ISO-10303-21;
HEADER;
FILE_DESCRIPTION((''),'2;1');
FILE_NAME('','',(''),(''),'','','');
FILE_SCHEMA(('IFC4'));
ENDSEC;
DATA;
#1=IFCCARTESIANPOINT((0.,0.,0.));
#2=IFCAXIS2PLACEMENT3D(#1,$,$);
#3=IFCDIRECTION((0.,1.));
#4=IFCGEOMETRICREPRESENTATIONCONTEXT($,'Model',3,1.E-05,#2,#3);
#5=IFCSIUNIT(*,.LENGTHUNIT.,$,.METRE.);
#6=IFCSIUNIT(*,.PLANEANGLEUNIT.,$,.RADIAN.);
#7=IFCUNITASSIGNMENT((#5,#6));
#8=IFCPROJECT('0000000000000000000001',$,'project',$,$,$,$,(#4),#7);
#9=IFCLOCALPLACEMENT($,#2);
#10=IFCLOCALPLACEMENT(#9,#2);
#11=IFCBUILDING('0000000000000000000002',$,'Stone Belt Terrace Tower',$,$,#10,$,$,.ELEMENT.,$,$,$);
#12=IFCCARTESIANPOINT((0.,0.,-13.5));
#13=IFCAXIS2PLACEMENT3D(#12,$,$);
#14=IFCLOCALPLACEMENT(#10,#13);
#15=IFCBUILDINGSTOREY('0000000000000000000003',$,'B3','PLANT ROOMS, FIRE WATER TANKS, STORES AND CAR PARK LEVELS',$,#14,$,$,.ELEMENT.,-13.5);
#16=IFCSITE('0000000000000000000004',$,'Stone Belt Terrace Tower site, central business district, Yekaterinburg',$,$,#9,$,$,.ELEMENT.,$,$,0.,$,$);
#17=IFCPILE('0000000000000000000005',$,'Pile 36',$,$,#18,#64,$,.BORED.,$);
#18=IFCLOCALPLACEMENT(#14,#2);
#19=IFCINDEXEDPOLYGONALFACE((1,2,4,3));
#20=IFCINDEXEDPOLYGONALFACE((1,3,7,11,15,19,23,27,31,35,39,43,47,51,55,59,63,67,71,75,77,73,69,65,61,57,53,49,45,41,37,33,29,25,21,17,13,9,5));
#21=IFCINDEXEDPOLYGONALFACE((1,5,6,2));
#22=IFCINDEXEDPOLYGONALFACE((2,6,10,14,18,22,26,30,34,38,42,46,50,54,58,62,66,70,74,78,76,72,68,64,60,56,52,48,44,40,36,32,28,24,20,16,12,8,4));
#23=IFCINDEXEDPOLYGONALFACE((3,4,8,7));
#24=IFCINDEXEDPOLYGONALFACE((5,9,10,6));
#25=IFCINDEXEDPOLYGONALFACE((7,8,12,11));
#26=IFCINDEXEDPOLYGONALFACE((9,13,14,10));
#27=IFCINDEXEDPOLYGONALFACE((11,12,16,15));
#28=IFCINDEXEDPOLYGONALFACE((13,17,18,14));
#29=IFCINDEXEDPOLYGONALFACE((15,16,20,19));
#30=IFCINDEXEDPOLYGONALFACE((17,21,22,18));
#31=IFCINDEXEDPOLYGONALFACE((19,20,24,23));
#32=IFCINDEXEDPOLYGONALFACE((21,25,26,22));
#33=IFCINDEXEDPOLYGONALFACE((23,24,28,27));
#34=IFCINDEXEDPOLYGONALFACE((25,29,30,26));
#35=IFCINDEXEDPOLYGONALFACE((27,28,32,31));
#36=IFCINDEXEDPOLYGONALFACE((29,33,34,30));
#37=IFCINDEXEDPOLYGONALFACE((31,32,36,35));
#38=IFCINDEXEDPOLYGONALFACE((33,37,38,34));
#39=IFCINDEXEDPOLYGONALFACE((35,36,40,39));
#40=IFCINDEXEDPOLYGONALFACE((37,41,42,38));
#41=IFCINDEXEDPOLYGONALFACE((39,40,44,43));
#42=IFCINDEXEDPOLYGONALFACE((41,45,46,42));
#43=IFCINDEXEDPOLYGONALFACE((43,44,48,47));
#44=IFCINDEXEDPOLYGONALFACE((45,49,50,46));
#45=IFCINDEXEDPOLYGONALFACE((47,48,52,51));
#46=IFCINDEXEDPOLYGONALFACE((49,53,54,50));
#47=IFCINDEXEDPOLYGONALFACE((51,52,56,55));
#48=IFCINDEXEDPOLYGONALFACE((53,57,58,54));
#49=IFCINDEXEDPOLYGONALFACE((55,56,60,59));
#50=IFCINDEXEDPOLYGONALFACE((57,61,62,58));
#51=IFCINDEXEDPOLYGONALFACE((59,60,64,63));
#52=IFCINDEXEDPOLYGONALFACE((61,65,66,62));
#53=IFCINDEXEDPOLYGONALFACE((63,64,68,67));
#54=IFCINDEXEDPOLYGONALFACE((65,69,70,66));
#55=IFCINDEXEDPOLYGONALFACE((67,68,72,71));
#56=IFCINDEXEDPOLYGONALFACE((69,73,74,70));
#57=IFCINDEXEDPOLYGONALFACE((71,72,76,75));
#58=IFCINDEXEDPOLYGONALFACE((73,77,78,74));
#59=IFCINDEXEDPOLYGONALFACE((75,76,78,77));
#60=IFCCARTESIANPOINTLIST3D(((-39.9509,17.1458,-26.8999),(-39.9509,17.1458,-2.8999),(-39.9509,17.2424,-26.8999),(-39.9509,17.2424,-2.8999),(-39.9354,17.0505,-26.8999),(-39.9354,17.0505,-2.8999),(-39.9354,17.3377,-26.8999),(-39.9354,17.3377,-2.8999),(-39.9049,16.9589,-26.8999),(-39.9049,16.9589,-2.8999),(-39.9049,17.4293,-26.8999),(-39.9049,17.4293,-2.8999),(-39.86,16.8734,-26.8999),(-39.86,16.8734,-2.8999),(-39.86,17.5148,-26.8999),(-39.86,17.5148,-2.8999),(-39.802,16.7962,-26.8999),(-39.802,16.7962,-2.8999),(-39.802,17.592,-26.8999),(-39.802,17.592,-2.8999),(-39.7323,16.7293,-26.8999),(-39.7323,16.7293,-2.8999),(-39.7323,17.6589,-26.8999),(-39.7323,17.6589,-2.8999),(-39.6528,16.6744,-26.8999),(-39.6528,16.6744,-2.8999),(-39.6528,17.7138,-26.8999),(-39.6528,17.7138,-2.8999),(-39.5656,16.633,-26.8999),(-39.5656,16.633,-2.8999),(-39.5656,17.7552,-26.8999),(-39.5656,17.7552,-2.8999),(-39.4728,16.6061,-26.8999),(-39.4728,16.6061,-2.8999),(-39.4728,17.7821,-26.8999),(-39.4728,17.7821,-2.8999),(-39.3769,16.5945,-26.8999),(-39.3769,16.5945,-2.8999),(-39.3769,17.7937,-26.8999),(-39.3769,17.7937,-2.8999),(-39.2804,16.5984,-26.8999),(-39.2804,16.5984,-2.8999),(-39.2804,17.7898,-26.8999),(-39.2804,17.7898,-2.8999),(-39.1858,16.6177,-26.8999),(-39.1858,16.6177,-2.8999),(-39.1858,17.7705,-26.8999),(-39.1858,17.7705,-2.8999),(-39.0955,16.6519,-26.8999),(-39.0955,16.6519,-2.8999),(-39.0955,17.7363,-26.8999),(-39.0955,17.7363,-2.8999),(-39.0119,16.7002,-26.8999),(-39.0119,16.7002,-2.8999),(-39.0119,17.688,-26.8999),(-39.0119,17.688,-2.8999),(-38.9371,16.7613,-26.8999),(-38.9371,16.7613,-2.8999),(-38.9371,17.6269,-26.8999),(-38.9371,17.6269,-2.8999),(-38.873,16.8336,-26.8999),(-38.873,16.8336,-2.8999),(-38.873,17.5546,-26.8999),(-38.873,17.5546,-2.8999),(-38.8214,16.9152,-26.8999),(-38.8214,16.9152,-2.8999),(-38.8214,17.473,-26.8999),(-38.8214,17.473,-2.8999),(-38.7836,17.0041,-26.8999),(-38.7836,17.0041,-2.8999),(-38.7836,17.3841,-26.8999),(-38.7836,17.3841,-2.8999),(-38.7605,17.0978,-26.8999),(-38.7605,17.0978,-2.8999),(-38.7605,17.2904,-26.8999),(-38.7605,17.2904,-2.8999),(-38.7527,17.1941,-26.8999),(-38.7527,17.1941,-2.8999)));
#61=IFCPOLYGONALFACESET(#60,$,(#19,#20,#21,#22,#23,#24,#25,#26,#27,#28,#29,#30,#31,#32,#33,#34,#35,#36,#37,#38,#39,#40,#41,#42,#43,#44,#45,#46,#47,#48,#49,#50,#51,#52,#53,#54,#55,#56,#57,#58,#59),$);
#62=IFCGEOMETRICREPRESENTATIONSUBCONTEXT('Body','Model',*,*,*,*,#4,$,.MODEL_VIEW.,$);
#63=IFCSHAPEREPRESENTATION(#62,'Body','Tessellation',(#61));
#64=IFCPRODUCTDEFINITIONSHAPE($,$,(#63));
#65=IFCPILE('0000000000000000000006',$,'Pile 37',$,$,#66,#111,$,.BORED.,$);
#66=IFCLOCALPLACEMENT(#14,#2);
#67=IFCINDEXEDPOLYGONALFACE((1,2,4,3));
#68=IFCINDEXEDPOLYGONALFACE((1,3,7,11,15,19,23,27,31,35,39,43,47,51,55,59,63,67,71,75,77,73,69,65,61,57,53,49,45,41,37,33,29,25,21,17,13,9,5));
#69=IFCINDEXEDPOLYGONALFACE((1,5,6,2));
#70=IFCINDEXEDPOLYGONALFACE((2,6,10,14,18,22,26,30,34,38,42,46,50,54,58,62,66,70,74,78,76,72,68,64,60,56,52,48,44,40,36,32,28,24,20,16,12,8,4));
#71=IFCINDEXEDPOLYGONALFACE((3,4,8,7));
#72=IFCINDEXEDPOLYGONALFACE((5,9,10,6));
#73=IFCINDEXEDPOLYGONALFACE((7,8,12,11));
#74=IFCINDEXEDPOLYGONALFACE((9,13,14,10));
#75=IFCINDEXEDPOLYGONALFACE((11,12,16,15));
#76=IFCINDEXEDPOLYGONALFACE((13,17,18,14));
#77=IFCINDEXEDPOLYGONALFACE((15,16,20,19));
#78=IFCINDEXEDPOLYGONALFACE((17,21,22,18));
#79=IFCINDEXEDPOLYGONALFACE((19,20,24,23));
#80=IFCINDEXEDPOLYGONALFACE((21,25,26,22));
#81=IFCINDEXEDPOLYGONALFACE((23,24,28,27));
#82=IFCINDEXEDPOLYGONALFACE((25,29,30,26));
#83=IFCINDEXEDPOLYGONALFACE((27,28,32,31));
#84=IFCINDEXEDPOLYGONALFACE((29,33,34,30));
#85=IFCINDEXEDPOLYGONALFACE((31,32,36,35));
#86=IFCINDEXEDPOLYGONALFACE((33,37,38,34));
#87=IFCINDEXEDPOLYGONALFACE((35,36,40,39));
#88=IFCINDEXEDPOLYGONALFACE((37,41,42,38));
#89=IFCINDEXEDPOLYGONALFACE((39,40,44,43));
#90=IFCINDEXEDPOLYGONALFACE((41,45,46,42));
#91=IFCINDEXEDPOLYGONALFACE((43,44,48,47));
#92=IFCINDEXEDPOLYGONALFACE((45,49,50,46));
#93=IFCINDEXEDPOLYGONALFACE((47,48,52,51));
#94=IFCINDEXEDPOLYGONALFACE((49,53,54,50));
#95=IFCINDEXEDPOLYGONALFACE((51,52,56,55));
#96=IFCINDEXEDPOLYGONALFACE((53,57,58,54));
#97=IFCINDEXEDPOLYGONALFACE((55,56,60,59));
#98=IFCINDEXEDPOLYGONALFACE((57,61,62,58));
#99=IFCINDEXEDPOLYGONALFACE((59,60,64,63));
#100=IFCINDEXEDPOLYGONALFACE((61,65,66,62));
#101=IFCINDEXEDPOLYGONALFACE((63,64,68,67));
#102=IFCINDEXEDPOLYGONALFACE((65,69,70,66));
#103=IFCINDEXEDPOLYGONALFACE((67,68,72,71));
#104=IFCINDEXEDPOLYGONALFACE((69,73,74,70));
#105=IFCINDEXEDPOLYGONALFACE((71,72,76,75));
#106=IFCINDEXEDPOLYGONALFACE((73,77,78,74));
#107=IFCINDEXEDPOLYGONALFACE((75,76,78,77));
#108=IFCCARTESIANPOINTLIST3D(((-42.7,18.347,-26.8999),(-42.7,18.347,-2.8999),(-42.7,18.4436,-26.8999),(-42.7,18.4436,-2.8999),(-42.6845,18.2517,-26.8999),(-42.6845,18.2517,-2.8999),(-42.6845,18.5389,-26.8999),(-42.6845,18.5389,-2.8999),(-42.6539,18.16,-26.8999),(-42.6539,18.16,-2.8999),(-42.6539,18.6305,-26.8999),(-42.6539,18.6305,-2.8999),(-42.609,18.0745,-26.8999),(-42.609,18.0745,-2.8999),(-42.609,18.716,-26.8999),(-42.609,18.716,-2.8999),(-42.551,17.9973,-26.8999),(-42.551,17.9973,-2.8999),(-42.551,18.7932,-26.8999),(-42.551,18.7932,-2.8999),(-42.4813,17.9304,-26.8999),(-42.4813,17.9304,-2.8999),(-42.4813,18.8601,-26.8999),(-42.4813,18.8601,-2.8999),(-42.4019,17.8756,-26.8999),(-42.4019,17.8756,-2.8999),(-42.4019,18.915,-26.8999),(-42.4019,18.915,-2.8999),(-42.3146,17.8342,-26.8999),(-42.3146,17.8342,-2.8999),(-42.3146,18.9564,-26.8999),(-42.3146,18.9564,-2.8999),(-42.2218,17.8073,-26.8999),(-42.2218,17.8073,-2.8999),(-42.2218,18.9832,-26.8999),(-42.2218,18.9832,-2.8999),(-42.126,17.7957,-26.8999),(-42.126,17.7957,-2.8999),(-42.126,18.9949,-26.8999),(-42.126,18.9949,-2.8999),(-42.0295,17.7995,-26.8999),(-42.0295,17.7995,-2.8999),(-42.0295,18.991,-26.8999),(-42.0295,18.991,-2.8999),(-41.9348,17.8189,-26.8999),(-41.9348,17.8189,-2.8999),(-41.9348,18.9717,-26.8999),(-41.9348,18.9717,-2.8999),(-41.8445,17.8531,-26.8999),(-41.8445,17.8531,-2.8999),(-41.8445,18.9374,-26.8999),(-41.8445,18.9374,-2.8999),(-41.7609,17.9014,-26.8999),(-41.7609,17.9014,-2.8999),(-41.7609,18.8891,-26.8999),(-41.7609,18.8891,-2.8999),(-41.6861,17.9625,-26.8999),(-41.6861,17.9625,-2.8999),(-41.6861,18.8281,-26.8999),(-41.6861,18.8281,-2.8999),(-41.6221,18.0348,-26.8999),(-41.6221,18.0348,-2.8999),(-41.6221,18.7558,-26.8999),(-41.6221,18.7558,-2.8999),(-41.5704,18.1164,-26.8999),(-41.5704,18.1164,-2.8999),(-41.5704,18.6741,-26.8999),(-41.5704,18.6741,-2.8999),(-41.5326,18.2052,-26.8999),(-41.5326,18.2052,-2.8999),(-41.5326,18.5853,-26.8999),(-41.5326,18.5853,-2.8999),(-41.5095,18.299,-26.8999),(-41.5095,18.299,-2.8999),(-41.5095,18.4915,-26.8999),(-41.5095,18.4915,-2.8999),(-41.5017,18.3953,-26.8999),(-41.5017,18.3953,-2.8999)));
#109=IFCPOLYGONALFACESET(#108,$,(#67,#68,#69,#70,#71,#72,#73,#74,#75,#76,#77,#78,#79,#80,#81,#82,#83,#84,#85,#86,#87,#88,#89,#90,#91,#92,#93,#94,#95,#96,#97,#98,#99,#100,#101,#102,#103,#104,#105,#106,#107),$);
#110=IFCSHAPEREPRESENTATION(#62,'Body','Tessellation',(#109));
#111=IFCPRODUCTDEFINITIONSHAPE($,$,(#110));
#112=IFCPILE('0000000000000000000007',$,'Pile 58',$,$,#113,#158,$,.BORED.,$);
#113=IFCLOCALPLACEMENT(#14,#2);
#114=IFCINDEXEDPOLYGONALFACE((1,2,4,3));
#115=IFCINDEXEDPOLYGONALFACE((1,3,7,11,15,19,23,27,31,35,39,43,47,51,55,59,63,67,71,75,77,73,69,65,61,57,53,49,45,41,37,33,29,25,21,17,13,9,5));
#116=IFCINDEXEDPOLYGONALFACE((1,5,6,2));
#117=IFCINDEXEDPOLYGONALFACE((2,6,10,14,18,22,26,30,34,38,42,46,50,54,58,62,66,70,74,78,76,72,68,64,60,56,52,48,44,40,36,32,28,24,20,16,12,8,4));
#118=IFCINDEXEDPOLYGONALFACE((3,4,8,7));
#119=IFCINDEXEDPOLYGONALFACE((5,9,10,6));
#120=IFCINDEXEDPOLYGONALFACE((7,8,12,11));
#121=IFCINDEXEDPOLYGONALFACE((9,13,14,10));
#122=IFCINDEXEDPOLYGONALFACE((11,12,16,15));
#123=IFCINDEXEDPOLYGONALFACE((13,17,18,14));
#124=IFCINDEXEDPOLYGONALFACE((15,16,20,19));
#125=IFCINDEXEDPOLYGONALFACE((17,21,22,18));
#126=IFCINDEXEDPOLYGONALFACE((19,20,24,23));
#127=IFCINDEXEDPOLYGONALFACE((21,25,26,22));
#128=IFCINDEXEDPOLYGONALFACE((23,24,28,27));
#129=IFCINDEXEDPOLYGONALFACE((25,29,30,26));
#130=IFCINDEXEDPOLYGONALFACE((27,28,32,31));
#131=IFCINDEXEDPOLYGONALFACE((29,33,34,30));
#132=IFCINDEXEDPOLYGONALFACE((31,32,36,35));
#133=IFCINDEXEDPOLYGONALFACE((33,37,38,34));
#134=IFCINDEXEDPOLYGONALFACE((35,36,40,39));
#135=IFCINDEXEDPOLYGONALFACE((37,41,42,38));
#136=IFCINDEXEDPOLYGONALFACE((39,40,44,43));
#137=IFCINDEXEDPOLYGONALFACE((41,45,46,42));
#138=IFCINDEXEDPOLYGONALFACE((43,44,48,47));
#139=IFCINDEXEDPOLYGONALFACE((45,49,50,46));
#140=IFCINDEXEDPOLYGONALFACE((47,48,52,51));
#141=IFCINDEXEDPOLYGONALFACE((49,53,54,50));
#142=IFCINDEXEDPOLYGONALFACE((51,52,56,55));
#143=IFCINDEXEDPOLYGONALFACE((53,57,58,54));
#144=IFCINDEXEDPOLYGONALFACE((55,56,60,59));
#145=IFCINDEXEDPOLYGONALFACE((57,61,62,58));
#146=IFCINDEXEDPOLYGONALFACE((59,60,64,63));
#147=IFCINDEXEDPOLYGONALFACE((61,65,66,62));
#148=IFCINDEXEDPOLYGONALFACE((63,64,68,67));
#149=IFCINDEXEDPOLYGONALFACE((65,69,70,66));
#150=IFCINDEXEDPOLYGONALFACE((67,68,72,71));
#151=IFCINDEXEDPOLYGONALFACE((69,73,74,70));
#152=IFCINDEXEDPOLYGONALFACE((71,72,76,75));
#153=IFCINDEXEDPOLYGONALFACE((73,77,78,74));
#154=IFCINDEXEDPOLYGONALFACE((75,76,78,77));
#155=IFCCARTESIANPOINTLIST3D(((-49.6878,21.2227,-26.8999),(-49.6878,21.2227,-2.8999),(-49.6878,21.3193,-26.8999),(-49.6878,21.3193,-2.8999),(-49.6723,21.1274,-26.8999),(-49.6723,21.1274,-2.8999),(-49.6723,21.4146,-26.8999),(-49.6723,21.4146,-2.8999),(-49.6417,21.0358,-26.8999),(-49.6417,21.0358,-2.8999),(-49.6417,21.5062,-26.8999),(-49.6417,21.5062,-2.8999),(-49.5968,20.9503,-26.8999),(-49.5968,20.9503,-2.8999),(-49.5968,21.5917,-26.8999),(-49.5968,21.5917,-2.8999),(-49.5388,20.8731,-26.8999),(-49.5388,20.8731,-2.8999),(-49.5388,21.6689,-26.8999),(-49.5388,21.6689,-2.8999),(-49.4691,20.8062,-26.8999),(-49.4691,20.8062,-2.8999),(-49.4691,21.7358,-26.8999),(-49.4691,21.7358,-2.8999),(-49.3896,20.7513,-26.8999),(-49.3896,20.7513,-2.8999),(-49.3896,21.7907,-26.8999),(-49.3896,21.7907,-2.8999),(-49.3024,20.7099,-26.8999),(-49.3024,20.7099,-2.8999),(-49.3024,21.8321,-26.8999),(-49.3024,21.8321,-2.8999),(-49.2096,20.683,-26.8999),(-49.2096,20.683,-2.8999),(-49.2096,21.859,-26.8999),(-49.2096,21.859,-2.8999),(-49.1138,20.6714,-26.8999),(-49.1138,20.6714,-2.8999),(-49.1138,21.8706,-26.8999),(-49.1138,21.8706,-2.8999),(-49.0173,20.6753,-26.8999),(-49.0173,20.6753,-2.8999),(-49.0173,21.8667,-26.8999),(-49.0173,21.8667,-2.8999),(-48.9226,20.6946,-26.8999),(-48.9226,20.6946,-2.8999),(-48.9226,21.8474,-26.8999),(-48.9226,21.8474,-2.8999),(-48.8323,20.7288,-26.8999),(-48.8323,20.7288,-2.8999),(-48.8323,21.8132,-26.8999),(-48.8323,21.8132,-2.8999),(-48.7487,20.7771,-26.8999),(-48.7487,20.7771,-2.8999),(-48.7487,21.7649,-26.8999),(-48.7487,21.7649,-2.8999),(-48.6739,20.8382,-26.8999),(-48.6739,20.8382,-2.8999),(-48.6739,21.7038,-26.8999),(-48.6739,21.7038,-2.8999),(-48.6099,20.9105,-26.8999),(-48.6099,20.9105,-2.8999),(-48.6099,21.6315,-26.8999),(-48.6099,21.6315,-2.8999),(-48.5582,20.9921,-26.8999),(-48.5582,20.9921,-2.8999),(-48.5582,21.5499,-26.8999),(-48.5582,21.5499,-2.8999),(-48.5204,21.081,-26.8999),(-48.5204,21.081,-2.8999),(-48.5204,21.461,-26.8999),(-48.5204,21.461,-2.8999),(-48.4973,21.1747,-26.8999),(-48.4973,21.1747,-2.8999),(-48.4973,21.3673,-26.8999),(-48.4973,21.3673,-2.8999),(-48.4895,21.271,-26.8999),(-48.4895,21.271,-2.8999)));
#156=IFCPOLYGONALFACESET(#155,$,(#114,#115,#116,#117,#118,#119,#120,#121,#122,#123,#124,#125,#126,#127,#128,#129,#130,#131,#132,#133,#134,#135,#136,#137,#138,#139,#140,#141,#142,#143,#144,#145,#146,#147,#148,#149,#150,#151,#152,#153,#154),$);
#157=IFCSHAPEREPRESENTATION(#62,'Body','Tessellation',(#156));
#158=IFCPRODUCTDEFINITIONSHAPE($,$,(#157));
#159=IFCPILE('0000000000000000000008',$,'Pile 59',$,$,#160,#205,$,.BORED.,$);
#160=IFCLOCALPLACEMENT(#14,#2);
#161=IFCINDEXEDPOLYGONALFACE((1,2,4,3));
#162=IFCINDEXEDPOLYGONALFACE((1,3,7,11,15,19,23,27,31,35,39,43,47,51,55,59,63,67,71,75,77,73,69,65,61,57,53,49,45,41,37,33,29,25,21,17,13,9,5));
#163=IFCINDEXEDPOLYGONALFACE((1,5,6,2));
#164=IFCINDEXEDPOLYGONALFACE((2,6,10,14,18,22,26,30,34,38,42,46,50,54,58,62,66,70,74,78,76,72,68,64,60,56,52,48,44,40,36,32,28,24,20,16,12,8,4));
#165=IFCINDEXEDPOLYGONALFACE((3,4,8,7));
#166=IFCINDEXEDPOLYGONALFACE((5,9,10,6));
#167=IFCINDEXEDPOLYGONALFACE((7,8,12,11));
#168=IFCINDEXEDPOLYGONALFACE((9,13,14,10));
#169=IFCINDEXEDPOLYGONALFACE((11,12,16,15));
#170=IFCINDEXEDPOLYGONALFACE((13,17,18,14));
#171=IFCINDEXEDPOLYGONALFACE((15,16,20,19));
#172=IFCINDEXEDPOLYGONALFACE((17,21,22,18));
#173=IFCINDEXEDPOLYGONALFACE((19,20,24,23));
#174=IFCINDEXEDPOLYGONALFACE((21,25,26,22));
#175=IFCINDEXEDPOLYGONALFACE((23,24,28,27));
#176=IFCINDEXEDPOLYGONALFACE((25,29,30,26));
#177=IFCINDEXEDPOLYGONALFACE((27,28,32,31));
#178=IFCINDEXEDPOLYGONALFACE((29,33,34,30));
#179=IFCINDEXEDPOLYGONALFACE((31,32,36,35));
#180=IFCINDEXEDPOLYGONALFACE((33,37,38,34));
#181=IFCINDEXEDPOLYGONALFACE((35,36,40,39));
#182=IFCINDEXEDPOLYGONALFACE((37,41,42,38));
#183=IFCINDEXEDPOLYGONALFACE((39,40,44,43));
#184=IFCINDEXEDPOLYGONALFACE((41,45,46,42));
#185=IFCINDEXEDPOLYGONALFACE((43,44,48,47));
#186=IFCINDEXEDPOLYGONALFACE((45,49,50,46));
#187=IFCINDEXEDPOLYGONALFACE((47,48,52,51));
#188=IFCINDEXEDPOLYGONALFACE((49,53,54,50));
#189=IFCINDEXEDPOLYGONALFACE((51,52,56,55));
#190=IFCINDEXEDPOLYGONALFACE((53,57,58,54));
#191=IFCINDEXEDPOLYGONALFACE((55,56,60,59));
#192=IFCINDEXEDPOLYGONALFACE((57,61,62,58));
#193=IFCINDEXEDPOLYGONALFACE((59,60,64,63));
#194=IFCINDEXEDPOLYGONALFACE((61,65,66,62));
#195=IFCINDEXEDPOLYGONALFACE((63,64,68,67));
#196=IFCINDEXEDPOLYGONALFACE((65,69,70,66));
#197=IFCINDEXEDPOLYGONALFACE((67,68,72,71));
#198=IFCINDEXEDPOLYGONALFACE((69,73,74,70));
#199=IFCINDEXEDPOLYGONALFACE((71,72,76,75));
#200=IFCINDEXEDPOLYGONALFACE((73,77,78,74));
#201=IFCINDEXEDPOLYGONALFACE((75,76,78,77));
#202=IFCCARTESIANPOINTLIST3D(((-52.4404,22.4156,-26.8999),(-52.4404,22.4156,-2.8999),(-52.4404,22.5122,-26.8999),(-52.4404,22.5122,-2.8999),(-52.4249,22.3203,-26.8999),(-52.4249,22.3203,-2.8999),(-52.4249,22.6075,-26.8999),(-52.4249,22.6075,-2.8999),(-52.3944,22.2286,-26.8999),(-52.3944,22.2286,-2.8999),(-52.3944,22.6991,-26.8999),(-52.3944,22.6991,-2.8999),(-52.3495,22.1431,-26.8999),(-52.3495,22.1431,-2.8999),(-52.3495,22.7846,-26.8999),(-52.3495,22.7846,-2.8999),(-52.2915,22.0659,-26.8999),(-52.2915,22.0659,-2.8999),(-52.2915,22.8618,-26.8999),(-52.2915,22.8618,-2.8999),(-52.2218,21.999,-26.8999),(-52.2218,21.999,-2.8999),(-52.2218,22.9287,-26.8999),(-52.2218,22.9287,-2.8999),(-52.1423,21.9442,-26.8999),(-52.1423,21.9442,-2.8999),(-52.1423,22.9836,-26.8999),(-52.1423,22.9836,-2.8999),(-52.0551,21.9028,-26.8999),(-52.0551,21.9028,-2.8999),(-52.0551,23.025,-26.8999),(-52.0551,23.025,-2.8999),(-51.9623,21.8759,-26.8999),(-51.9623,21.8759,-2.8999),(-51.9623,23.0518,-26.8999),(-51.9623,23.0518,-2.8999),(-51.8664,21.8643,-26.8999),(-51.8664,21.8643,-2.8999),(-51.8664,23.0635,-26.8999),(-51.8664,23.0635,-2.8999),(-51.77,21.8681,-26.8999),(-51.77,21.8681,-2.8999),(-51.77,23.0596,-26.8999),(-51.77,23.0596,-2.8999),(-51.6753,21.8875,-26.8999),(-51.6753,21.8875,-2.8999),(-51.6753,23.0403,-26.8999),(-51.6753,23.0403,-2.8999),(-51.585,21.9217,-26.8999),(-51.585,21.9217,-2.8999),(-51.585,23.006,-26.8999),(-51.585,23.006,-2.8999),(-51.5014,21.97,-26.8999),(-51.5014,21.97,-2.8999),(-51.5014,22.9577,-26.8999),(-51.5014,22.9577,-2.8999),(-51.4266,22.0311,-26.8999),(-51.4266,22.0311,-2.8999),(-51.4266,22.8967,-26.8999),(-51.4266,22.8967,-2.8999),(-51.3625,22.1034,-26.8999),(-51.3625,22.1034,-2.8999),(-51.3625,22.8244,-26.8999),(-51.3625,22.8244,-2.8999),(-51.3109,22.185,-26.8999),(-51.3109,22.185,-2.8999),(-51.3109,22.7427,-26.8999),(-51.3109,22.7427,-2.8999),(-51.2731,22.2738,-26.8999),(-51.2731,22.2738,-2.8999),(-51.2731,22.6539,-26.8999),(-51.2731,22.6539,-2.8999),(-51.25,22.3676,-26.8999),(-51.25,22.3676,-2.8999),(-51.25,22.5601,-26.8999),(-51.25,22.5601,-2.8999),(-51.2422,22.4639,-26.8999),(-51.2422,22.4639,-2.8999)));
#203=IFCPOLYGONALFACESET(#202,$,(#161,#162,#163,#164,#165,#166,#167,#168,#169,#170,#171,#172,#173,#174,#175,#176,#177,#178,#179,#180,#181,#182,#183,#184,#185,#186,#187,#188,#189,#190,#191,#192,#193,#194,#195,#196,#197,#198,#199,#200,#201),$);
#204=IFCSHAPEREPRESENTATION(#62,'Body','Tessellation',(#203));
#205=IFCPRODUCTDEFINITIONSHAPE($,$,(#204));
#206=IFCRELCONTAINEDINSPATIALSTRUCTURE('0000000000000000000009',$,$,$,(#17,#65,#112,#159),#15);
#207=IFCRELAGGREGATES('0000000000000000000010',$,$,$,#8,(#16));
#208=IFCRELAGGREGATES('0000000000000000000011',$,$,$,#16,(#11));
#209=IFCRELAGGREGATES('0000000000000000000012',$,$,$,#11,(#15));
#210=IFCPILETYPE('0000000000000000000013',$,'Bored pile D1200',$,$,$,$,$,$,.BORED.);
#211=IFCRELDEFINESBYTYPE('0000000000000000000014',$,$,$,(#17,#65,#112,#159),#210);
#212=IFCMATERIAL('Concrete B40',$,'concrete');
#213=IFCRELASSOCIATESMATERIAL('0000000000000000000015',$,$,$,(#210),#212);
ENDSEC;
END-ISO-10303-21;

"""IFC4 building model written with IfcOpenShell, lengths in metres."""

from ifc_helpers import new_model, si_unit, direction, frame, origin, origin_2d, place, context, subcontext, project, spatial, circle, extrude, material, material_profile, profile_set, type_object, element, save


model = new_model("IFC4")

# Units and contexts
model_context = context("Model", 3, precision=1e-05, world=origin(), true_north=direction((0.0, 1.0)))
body_context = subcontext(model_context, "Body", "Model", "MODEL_VIEW")
ifc_project = project(units=[si_unit("LENGTHUNIT", "METRE"), si_unit("PLANEANGLEUNIT", "RADIAN")], contexts=[model_context])

# Site, building, storey
site_placement = place(None, origin())
site = spatial("IfcSite", under=ifc_project, at=site_placement, Name="Stone Belt Terrace Tower site, central business district, Yekaterinburg", CompositionType="ELEMENT", RefElevation=0.0)
building_placement = place(site_placement, origin())
building = spatial("IfcBuilding", under=site, at=building_placement, Name="Stone Belt Terrace Tower", CompositionType="ELEMENT")
storey_placement = place(building_placement, frame((0.0, 0.0, -13.5)))
storey = spatial("IfcBuildingStorey", under=building, at=storey_placement, Name="B3", Description="PLANT ROOMS, FIRE WATER TANKS, STORES AND CAR PARK LEVELS", CompositionType="ELEMENT", Elevation=-13.5)

# Piles
ifc_material_1 = material(Name="Concrete B40", Category="concrete")
ifc_material_profile_1 = material_profile(ifc_material_1, circle(Radius=0.6001, at=origin_2d()), Name="PILE D1200")
ifc_profile_set_1 = profile_set([ifc_material_profile_1], Name="Concrete B40")
pile_type = type_object("IfcPileType", Name="Bored pile D1200", PredefinedType="BORED", material=ifc_profile_set_1)
for number, where, z_axis, x_axis, name in (
    (1, (-39.3528, 17.1941, -2.8999), (0.0, 0.0, -1.0), (1.0, 0.0, 0.0), "Pile 36"),
    (2, (-42.1018, 18.3953, -2.8999), (0.0, 0.0, -1.0), (1.0, 0.0, 0.0), "Pile 37"),
    (3, (-49.0896, 21.271, -2.8999), (0.0, 0.0, -1.0), (1.0, 0.0, 0.0), "Pile 58"),
    (4, (-51.8423, 22.4639, -2.8999), (0.0, 0.0, -1.0), (1.0, 0.0, 0.0), "Pile 59"),
):
    element("IfcPile", number, at=place(storey_placement, frame(where, z_axis=z_axis, x_axis=x_axis)), inside=storey, type_object=pile_type, Name=name, PredefinedType="BORED", context=body_context, shape_type="SweptSolid", body=[
        extrude(circle(Radius=0.6001, at=origin_2d()), origin(), (0.0, 0.0, 1.0), 24.0),
    ])

save(model, "model.ifc")
